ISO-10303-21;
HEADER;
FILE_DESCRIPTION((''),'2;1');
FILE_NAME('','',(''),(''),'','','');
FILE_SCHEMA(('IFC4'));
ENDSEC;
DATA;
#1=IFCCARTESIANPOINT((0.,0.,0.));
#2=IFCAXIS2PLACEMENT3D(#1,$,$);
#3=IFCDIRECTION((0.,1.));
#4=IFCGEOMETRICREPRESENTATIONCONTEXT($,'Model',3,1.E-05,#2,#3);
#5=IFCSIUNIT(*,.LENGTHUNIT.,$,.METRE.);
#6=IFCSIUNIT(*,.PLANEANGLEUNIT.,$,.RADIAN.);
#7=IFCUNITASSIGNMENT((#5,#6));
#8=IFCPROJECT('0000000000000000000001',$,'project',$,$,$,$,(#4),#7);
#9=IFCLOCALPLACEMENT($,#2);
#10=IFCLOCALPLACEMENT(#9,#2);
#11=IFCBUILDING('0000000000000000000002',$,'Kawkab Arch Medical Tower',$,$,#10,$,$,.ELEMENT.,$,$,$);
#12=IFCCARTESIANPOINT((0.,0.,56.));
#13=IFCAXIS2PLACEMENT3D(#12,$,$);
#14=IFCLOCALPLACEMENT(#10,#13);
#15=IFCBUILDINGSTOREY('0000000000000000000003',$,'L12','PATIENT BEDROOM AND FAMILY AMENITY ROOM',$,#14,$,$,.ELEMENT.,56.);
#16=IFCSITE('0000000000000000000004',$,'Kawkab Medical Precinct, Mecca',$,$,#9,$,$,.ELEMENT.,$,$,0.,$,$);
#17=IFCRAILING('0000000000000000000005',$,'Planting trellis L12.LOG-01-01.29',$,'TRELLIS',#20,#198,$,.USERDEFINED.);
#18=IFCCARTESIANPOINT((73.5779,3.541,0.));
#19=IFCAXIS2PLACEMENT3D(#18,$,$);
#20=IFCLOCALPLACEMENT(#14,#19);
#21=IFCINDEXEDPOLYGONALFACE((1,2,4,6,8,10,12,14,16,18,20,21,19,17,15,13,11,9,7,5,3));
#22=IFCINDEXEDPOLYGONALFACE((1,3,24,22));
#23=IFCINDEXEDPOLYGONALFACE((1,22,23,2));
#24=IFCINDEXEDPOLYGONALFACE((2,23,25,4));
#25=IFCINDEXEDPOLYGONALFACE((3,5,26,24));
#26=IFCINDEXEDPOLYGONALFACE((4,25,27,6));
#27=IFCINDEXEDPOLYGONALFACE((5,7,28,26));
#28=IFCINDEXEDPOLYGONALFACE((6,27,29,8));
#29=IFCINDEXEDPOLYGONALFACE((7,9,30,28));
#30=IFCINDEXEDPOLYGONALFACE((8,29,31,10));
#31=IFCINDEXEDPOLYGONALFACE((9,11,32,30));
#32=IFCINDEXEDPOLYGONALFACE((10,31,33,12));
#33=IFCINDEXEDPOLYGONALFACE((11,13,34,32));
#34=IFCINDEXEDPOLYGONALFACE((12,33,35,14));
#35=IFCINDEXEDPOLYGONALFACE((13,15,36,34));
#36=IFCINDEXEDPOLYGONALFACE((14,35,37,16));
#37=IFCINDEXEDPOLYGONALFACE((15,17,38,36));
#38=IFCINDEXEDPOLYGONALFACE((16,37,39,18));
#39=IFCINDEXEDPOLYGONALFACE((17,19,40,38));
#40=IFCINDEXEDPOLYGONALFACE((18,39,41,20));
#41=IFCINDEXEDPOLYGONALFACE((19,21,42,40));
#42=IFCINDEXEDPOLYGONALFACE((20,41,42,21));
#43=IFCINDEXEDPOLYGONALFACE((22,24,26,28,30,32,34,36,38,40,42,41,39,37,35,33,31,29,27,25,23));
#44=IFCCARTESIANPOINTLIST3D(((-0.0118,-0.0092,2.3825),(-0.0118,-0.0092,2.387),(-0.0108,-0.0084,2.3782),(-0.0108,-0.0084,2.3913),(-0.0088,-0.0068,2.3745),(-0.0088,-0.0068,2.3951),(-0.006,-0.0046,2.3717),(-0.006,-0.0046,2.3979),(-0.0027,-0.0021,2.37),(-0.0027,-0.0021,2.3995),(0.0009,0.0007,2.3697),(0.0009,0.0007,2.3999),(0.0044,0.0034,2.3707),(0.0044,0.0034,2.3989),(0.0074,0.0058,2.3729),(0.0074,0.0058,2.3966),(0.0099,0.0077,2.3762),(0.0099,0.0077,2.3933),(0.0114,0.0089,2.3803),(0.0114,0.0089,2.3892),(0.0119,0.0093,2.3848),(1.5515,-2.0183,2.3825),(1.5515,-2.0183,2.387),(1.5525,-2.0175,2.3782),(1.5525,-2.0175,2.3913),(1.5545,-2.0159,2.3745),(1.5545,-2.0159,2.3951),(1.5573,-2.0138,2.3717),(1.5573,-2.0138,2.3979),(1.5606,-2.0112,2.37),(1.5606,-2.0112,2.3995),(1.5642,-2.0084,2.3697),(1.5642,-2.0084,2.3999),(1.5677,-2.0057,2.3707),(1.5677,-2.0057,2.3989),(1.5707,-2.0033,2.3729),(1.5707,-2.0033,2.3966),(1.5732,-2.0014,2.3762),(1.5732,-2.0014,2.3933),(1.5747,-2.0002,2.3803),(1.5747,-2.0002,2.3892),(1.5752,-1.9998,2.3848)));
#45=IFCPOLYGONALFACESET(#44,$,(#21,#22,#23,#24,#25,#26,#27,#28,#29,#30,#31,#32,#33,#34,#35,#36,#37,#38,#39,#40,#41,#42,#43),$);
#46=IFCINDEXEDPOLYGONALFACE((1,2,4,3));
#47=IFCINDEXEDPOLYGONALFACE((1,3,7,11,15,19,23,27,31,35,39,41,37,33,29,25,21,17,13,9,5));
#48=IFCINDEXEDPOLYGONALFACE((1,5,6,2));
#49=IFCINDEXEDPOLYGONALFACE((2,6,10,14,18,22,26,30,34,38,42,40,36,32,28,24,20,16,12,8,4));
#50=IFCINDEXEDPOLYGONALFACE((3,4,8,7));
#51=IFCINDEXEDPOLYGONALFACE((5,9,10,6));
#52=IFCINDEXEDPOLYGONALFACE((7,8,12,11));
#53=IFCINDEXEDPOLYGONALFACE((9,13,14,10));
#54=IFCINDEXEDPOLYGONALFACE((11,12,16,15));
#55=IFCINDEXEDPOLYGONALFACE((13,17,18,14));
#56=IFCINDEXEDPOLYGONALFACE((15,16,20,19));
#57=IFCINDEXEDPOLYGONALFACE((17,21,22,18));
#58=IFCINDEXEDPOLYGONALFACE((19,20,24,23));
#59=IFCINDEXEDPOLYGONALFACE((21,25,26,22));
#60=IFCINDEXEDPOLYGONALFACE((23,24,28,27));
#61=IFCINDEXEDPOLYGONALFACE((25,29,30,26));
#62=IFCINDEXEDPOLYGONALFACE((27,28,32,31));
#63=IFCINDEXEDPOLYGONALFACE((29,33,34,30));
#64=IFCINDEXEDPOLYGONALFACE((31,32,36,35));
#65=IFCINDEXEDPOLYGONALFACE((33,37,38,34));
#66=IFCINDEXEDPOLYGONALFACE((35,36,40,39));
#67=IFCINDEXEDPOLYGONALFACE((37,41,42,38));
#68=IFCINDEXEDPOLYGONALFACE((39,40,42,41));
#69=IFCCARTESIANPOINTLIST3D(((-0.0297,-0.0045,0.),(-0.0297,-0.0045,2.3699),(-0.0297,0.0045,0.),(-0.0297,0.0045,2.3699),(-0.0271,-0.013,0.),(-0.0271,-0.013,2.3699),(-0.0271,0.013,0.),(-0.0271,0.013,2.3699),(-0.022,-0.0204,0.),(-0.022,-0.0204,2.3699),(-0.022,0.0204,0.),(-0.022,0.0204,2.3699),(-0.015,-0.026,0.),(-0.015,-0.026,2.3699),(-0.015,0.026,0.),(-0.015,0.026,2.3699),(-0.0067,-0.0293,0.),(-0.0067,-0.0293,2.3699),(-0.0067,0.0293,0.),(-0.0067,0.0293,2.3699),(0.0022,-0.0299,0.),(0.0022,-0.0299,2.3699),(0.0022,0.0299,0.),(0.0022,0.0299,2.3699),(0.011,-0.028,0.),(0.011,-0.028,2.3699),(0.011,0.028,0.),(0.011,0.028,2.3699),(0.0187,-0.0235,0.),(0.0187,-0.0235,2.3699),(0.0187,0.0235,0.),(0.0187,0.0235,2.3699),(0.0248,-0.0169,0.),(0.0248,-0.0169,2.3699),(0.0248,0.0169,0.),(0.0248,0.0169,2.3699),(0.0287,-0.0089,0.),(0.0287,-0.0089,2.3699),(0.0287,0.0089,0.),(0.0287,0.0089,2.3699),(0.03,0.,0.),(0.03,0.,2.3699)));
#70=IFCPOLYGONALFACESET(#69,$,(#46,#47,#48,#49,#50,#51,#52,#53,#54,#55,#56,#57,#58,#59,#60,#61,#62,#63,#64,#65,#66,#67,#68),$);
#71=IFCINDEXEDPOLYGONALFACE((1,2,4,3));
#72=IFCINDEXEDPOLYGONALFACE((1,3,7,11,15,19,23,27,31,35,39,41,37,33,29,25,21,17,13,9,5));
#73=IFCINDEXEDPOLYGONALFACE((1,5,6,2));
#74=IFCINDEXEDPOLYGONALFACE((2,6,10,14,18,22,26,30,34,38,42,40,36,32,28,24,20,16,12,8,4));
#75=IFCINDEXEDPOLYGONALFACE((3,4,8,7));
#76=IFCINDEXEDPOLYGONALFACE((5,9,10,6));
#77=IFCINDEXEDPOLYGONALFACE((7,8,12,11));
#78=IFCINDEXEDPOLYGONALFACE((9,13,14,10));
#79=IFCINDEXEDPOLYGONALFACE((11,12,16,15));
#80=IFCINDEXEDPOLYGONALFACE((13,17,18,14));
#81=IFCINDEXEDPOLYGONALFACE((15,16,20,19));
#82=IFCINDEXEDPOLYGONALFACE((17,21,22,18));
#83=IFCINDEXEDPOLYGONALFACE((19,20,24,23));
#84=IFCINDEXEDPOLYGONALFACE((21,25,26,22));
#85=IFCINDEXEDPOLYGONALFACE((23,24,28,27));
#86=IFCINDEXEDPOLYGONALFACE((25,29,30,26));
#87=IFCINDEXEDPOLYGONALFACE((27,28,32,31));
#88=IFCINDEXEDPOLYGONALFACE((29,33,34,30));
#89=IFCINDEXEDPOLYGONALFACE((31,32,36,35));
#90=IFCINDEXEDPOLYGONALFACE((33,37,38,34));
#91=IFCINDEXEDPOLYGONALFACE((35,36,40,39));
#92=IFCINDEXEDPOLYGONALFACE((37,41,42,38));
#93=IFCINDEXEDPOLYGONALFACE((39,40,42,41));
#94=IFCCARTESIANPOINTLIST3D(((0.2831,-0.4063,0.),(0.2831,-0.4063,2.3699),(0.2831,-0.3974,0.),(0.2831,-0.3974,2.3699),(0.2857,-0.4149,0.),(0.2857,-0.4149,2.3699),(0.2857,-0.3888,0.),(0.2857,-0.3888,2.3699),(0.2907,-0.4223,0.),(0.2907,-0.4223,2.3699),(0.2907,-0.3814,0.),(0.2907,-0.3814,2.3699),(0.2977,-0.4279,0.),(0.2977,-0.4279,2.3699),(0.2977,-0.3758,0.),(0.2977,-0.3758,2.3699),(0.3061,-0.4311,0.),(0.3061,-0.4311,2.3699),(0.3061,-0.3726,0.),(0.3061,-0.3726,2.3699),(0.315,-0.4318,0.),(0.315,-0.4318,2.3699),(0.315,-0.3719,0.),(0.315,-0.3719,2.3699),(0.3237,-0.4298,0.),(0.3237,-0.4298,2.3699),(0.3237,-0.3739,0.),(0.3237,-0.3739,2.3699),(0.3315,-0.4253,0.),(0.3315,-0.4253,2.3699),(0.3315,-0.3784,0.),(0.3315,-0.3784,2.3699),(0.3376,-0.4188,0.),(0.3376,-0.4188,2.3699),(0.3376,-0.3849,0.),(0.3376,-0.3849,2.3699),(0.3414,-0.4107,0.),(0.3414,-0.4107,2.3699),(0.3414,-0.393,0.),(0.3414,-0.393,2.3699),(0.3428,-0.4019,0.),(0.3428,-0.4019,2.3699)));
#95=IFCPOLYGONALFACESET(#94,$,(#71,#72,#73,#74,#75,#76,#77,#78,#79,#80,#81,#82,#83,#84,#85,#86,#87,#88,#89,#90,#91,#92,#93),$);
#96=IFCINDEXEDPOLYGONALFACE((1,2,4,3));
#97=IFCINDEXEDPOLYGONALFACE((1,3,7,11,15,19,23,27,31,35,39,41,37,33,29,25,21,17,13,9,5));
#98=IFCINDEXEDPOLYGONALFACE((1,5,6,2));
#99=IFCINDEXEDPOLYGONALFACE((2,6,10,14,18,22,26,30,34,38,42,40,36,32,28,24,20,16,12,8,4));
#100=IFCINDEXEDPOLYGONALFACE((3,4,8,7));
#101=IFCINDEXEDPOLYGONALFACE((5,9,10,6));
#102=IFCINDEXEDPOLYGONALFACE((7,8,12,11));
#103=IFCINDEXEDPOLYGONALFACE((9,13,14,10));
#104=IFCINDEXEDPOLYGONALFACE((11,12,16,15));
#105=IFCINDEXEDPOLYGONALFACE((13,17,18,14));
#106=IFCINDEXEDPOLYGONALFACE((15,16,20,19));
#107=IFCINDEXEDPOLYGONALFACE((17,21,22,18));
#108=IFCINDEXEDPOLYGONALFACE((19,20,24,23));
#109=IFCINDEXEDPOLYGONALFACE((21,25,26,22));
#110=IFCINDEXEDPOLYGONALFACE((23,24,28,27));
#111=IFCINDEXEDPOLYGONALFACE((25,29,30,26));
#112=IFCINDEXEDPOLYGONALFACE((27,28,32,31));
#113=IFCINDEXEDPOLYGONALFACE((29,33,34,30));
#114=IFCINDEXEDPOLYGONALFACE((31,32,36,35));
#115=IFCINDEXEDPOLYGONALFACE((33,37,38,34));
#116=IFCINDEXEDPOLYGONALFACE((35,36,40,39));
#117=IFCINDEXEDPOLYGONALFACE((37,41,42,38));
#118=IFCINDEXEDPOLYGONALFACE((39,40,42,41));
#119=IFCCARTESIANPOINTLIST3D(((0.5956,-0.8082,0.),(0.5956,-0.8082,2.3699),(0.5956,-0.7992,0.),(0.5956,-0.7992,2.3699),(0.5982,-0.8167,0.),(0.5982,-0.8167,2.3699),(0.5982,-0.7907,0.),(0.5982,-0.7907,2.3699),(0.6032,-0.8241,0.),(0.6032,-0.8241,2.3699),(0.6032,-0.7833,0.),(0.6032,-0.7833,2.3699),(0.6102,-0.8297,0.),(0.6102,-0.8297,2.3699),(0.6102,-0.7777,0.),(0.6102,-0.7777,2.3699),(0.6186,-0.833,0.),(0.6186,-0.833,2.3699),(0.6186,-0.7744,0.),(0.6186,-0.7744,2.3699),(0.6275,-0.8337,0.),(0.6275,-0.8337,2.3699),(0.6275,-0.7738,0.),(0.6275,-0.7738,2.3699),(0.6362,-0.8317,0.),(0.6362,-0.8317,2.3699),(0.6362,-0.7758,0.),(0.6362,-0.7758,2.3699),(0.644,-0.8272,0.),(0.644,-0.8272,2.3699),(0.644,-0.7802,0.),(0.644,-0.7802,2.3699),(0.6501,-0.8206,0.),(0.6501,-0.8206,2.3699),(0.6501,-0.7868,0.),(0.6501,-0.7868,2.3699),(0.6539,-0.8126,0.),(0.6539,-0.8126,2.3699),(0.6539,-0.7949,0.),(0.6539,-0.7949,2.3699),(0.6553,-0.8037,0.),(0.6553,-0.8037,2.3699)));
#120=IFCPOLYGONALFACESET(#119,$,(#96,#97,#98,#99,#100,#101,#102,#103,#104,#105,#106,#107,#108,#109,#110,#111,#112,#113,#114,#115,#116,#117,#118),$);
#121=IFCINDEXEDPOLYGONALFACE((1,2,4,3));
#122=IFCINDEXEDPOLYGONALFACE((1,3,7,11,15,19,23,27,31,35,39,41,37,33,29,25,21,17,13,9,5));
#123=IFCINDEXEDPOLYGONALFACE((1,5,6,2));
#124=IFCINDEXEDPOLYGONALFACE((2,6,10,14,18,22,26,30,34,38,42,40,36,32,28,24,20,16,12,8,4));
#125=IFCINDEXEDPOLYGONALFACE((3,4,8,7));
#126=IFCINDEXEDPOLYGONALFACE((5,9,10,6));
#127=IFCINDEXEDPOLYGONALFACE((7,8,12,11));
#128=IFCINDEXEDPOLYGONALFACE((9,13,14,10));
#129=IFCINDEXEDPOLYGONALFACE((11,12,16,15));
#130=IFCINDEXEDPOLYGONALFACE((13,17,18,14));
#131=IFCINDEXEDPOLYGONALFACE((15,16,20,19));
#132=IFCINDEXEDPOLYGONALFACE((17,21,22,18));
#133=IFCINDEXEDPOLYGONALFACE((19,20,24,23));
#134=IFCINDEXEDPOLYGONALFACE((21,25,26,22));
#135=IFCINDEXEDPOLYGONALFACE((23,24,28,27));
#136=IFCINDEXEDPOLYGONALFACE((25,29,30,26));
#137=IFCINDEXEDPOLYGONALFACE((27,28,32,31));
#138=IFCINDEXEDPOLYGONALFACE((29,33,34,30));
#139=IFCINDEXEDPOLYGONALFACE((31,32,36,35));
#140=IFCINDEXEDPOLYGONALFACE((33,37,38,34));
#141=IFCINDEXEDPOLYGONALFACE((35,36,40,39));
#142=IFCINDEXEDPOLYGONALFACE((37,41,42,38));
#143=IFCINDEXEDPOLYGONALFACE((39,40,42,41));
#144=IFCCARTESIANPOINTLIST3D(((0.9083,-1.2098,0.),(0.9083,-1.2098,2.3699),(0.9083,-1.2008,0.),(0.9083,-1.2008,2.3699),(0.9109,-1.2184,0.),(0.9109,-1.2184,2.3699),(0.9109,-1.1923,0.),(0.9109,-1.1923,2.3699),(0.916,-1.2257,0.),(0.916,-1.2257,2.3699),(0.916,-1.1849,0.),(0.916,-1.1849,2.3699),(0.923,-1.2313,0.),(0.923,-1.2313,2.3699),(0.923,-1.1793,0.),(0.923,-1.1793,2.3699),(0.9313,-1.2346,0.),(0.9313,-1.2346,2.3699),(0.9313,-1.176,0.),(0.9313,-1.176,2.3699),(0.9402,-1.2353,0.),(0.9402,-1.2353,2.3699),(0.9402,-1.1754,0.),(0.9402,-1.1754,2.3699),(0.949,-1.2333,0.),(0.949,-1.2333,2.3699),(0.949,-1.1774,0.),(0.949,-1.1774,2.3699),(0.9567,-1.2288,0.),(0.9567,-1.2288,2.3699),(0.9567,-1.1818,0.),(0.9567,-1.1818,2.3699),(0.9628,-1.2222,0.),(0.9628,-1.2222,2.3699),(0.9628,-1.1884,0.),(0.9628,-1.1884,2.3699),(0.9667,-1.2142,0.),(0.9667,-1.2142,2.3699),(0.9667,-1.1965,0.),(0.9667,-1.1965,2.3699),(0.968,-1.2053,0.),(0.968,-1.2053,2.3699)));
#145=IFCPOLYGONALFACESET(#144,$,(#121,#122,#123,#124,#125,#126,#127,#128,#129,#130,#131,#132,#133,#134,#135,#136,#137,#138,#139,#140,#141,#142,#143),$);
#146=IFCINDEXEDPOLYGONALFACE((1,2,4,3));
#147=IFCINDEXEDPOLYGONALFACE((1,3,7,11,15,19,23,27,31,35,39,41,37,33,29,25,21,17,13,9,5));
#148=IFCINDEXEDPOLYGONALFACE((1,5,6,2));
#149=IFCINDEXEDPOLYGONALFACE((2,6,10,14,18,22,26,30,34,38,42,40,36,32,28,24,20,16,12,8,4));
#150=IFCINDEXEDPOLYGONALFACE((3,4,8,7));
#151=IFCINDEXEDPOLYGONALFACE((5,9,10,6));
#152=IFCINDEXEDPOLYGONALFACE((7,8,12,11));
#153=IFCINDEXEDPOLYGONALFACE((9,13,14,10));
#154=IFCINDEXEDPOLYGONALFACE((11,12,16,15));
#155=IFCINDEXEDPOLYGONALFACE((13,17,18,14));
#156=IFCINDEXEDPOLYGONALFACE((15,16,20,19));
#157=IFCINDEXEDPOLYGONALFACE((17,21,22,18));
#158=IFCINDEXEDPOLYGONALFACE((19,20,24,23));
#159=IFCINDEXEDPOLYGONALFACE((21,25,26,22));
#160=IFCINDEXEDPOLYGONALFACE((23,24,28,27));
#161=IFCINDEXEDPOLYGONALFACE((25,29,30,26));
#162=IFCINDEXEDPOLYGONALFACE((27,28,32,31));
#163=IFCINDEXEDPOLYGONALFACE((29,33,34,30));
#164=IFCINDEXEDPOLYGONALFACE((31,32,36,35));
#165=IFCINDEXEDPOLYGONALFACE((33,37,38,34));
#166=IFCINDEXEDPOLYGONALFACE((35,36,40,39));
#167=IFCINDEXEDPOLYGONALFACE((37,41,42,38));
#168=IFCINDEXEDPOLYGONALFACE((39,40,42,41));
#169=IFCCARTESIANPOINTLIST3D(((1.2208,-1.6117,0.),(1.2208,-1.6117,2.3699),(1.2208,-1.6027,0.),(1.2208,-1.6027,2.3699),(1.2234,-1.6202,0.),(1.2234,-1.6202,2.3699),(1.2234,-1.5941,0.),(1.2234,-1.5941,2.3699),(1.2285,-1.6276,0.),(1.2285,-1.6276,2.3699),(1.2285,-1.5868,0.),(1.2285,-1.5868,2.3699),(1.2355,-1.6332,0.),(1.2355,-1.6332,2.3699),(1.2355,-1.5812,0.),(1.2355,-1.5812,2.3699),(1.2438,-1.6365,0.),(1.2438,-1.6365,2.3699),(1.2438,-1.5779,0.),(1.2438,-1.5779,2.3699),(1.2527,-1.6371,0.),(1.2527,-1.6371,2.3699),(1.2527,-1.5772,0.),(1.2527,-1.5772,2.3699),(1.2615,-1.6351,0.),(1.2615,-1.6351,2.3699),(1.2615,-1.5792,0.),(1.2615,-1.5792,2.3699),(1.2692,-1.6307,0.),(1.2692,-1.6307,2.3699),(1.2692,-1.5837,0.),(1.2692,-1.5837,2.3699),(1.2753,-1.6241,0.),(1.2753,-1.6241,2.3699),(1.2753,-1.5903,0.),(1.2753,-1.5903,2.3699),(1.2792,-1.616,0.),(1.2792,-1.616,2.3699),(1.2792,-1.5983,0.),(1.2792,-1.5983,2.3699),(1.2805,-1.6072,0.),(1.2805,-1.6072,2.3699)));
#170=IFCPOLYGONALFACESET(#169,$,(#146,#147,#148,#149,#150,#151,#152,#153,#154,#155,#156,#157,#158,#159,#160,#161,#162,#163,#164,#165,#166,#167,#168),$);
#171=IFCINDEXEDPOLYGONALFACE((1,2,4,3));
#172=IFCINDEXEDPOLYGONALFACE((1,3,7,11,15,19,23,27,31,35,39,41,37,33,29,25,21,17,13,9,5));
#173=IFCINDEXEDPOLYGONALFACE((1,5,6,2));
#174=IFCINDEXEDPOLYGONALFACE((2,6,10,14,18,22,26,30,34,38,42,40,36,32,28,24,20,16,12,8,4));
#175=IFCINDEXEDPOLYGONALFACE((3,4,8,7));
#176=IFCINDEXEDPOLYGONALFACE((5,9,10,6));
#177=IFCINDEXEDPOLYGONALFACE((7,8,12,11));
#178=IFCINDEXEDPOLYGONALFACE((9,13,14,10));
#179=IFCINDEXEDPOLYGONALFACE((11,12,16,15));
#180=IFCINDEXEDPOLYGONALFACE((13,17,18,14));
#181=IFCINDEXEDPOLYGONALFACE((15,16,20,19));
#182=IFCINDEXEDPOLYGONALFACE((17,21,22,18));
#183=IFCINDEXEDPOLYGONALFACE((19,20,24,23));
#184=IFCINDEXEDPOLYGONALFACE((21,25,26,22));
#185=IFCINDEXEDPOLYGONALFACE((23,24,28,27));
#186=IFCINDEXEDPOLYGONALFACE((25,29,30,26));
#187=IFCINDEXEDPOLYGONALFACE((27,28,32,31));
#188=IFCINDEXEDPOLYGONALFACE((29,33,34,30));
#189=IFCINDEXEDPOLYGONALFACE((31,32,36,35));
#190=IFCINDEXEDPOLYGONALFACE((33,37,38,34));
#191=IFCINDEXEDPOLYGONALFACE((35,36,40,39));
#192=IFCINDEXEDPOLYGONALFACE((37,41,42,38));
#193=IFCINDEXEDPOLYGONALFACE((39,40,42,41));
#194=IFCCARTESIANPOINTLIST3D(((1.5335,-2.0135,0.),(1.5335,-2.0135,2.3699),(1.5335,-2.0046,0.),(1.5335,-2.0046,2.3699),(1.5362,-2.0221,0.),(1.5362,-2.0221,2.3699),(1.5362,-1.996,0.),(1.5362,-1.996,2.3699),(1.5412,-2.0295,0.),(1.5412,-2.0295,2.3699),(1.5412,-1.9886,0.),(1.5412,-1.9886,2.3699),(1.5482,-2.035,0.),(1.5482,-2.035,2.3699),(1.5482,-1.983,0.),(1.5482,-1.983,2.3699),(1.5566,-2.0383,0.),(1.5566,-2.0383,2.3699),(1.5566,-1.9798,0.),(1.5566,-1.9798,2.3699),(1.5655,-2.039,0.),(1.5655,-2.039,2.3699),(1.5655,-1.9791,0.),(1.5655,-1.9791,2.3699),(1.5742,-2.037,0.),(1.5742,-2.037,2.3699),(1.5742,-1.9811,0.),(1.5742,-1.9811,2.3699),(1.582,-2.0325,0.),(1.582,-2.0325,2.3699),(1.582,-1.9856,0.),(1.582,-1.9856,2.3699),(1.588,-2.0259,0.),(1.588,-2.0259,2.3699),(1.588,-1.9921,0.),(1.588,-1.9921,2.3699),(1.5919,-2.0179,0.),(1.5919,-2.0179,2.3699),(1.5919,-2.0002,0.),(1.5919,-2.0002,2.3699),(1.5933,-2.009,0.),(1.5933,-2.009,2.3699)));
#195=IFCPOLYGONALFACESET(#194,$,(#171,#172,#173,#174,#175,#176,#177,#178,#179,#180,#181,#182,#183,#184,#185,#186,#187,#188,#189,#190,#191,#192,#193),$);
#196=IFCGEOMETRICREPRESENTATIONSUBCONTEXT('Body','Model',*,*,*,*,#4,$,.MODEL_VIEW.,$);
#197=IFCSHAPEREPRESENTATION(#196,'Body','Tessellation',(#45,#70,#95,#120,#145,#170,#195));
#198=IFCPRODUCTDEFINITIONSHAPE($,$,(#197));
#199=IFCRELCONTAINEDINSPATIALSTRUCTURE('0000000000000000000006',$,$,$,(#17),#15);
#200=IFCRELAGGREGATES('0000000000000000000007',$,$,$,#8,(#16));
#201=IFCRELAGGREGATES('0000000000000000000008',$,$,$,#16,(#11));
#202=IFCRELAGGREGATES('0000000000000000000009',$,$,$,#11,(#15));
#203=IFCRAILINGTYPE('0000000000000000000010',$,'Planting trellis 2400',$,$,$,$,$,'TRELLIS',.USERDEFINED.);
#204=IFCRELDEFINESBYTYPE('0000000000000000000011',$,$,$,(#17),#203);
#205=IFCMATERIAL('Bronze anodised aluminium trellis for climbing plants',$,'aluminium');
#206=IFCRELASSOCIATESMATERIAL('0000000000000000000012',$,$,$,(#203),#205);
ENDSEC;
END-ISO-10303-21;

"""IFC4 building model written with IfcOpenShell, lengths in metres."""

from ifc_helpers import new_model, si_unit, direction, frame, origin, origin_2d, place, context, subcontext, project, spatial, circle, extrude, material, type_object, element, save


model = new_model("IFC4")

# Units and contexts
model_context = context("Model", 3, precision=1e-05, world=origin(), true_north=direction((0.0, 1.0)))
body_context = subcontext(model_context, "Body", "Model", "MODEL_VIEW")
ifc_project = project(units=[si_unit("LENGTHUNIT", "METRE"), si_unit("PLANEANGLEUNIT", "RADIAN")], contexts=[model_context])

# Site, building, storey
site_placement = place(None, origin())
site = spatial("IfcSite", under=ifc_project, at=site_placement, Name="Kawkab Medical Precinct, Mecca", CompositionType="ELEMENT", RefElevation=0.0)
building_placement = place(site_placement, origin())
building = spatial("IfcBuilding", under=site, at=building_placement, Name="Kawkab Arch Medical Tower", CompositionType="ELEMENT")
storey_placement = place(building_placement, frame((0.0, 0.0, 56.0)))
storey = spatial("IfcBuildingStorey", under=building, at=storey_placement, Name="L12", Description="PATIENT BEDROOM AND FAMILY AMENITY ROOM", CompositionType="ELEMENT", Elevation=56.0)

# Railing
ifc_material_1 = material(Name="Bronze anodised aluminium trellis for climbing plants", Category="aluminium")
railing_type = type_object("IfcRailingType", Name="Planting trellis 2400", ElementType="TRELLIS", PredefinedType="USERDEFINED", material=ifc_material_1)
railing_1_placement = place(storey_placement, frame((73.5779, 3.541, 0.0)))
element("IfcRailing", 1, at=railing_1_placement, inside=storey, type_object=railing_type, Name="Planting trellis L12.LOG-01-01.29", ObjectType="TRELLIS", PredefinedType="USERDEFINED", context=body_context, shape_type="SweptSolid", body=[
    extrude(circle(Radius=0.0151, at=origin_2d()), frame((0.0, 0.0, 2.3848), z_axis=(0.6141, -0.789228, 0.0), x_axis=(0.789228, 0.6141, 0.0)), (0.0, 0.0, 1.0), 2.5457),
    extrude(circle(Radius=0.03, at=origin_2d()), origin(), (0.0, 0.0, 1.0), 2.3699),
    extrude(circle(Radius=0.03, at=origin_2d()), frame((0.3127, -0.4019, 0.0)), (0.0, 0.0, 1.0), 2.3699),
    extrude(circle(Radius=0.03, at=origin_2d()), frame((0.6252, -0.8037, 0.0)), (0.0, 0.0, 1.0), 2.3699),
    extrude(circle(Radius=0.03, at=origin_2d()), frame((0.938, -1.2053, 0.0)), (0.0, 0.0, 1.0), 2.3699),
    extrude(circle(Radius=0.03, at=origin_2d()), frame((1.2505, -1.6072, 0.0)), (0.0, 0.0, 1.0), 2.3699),
    extrude(circle(Radius=0.03, at=origin_2d()), frame((1.5632, -2.009, 0.0)), (0.0, 0.0, 1.0), 2.3699),
])

save(model, "model.ifc")
